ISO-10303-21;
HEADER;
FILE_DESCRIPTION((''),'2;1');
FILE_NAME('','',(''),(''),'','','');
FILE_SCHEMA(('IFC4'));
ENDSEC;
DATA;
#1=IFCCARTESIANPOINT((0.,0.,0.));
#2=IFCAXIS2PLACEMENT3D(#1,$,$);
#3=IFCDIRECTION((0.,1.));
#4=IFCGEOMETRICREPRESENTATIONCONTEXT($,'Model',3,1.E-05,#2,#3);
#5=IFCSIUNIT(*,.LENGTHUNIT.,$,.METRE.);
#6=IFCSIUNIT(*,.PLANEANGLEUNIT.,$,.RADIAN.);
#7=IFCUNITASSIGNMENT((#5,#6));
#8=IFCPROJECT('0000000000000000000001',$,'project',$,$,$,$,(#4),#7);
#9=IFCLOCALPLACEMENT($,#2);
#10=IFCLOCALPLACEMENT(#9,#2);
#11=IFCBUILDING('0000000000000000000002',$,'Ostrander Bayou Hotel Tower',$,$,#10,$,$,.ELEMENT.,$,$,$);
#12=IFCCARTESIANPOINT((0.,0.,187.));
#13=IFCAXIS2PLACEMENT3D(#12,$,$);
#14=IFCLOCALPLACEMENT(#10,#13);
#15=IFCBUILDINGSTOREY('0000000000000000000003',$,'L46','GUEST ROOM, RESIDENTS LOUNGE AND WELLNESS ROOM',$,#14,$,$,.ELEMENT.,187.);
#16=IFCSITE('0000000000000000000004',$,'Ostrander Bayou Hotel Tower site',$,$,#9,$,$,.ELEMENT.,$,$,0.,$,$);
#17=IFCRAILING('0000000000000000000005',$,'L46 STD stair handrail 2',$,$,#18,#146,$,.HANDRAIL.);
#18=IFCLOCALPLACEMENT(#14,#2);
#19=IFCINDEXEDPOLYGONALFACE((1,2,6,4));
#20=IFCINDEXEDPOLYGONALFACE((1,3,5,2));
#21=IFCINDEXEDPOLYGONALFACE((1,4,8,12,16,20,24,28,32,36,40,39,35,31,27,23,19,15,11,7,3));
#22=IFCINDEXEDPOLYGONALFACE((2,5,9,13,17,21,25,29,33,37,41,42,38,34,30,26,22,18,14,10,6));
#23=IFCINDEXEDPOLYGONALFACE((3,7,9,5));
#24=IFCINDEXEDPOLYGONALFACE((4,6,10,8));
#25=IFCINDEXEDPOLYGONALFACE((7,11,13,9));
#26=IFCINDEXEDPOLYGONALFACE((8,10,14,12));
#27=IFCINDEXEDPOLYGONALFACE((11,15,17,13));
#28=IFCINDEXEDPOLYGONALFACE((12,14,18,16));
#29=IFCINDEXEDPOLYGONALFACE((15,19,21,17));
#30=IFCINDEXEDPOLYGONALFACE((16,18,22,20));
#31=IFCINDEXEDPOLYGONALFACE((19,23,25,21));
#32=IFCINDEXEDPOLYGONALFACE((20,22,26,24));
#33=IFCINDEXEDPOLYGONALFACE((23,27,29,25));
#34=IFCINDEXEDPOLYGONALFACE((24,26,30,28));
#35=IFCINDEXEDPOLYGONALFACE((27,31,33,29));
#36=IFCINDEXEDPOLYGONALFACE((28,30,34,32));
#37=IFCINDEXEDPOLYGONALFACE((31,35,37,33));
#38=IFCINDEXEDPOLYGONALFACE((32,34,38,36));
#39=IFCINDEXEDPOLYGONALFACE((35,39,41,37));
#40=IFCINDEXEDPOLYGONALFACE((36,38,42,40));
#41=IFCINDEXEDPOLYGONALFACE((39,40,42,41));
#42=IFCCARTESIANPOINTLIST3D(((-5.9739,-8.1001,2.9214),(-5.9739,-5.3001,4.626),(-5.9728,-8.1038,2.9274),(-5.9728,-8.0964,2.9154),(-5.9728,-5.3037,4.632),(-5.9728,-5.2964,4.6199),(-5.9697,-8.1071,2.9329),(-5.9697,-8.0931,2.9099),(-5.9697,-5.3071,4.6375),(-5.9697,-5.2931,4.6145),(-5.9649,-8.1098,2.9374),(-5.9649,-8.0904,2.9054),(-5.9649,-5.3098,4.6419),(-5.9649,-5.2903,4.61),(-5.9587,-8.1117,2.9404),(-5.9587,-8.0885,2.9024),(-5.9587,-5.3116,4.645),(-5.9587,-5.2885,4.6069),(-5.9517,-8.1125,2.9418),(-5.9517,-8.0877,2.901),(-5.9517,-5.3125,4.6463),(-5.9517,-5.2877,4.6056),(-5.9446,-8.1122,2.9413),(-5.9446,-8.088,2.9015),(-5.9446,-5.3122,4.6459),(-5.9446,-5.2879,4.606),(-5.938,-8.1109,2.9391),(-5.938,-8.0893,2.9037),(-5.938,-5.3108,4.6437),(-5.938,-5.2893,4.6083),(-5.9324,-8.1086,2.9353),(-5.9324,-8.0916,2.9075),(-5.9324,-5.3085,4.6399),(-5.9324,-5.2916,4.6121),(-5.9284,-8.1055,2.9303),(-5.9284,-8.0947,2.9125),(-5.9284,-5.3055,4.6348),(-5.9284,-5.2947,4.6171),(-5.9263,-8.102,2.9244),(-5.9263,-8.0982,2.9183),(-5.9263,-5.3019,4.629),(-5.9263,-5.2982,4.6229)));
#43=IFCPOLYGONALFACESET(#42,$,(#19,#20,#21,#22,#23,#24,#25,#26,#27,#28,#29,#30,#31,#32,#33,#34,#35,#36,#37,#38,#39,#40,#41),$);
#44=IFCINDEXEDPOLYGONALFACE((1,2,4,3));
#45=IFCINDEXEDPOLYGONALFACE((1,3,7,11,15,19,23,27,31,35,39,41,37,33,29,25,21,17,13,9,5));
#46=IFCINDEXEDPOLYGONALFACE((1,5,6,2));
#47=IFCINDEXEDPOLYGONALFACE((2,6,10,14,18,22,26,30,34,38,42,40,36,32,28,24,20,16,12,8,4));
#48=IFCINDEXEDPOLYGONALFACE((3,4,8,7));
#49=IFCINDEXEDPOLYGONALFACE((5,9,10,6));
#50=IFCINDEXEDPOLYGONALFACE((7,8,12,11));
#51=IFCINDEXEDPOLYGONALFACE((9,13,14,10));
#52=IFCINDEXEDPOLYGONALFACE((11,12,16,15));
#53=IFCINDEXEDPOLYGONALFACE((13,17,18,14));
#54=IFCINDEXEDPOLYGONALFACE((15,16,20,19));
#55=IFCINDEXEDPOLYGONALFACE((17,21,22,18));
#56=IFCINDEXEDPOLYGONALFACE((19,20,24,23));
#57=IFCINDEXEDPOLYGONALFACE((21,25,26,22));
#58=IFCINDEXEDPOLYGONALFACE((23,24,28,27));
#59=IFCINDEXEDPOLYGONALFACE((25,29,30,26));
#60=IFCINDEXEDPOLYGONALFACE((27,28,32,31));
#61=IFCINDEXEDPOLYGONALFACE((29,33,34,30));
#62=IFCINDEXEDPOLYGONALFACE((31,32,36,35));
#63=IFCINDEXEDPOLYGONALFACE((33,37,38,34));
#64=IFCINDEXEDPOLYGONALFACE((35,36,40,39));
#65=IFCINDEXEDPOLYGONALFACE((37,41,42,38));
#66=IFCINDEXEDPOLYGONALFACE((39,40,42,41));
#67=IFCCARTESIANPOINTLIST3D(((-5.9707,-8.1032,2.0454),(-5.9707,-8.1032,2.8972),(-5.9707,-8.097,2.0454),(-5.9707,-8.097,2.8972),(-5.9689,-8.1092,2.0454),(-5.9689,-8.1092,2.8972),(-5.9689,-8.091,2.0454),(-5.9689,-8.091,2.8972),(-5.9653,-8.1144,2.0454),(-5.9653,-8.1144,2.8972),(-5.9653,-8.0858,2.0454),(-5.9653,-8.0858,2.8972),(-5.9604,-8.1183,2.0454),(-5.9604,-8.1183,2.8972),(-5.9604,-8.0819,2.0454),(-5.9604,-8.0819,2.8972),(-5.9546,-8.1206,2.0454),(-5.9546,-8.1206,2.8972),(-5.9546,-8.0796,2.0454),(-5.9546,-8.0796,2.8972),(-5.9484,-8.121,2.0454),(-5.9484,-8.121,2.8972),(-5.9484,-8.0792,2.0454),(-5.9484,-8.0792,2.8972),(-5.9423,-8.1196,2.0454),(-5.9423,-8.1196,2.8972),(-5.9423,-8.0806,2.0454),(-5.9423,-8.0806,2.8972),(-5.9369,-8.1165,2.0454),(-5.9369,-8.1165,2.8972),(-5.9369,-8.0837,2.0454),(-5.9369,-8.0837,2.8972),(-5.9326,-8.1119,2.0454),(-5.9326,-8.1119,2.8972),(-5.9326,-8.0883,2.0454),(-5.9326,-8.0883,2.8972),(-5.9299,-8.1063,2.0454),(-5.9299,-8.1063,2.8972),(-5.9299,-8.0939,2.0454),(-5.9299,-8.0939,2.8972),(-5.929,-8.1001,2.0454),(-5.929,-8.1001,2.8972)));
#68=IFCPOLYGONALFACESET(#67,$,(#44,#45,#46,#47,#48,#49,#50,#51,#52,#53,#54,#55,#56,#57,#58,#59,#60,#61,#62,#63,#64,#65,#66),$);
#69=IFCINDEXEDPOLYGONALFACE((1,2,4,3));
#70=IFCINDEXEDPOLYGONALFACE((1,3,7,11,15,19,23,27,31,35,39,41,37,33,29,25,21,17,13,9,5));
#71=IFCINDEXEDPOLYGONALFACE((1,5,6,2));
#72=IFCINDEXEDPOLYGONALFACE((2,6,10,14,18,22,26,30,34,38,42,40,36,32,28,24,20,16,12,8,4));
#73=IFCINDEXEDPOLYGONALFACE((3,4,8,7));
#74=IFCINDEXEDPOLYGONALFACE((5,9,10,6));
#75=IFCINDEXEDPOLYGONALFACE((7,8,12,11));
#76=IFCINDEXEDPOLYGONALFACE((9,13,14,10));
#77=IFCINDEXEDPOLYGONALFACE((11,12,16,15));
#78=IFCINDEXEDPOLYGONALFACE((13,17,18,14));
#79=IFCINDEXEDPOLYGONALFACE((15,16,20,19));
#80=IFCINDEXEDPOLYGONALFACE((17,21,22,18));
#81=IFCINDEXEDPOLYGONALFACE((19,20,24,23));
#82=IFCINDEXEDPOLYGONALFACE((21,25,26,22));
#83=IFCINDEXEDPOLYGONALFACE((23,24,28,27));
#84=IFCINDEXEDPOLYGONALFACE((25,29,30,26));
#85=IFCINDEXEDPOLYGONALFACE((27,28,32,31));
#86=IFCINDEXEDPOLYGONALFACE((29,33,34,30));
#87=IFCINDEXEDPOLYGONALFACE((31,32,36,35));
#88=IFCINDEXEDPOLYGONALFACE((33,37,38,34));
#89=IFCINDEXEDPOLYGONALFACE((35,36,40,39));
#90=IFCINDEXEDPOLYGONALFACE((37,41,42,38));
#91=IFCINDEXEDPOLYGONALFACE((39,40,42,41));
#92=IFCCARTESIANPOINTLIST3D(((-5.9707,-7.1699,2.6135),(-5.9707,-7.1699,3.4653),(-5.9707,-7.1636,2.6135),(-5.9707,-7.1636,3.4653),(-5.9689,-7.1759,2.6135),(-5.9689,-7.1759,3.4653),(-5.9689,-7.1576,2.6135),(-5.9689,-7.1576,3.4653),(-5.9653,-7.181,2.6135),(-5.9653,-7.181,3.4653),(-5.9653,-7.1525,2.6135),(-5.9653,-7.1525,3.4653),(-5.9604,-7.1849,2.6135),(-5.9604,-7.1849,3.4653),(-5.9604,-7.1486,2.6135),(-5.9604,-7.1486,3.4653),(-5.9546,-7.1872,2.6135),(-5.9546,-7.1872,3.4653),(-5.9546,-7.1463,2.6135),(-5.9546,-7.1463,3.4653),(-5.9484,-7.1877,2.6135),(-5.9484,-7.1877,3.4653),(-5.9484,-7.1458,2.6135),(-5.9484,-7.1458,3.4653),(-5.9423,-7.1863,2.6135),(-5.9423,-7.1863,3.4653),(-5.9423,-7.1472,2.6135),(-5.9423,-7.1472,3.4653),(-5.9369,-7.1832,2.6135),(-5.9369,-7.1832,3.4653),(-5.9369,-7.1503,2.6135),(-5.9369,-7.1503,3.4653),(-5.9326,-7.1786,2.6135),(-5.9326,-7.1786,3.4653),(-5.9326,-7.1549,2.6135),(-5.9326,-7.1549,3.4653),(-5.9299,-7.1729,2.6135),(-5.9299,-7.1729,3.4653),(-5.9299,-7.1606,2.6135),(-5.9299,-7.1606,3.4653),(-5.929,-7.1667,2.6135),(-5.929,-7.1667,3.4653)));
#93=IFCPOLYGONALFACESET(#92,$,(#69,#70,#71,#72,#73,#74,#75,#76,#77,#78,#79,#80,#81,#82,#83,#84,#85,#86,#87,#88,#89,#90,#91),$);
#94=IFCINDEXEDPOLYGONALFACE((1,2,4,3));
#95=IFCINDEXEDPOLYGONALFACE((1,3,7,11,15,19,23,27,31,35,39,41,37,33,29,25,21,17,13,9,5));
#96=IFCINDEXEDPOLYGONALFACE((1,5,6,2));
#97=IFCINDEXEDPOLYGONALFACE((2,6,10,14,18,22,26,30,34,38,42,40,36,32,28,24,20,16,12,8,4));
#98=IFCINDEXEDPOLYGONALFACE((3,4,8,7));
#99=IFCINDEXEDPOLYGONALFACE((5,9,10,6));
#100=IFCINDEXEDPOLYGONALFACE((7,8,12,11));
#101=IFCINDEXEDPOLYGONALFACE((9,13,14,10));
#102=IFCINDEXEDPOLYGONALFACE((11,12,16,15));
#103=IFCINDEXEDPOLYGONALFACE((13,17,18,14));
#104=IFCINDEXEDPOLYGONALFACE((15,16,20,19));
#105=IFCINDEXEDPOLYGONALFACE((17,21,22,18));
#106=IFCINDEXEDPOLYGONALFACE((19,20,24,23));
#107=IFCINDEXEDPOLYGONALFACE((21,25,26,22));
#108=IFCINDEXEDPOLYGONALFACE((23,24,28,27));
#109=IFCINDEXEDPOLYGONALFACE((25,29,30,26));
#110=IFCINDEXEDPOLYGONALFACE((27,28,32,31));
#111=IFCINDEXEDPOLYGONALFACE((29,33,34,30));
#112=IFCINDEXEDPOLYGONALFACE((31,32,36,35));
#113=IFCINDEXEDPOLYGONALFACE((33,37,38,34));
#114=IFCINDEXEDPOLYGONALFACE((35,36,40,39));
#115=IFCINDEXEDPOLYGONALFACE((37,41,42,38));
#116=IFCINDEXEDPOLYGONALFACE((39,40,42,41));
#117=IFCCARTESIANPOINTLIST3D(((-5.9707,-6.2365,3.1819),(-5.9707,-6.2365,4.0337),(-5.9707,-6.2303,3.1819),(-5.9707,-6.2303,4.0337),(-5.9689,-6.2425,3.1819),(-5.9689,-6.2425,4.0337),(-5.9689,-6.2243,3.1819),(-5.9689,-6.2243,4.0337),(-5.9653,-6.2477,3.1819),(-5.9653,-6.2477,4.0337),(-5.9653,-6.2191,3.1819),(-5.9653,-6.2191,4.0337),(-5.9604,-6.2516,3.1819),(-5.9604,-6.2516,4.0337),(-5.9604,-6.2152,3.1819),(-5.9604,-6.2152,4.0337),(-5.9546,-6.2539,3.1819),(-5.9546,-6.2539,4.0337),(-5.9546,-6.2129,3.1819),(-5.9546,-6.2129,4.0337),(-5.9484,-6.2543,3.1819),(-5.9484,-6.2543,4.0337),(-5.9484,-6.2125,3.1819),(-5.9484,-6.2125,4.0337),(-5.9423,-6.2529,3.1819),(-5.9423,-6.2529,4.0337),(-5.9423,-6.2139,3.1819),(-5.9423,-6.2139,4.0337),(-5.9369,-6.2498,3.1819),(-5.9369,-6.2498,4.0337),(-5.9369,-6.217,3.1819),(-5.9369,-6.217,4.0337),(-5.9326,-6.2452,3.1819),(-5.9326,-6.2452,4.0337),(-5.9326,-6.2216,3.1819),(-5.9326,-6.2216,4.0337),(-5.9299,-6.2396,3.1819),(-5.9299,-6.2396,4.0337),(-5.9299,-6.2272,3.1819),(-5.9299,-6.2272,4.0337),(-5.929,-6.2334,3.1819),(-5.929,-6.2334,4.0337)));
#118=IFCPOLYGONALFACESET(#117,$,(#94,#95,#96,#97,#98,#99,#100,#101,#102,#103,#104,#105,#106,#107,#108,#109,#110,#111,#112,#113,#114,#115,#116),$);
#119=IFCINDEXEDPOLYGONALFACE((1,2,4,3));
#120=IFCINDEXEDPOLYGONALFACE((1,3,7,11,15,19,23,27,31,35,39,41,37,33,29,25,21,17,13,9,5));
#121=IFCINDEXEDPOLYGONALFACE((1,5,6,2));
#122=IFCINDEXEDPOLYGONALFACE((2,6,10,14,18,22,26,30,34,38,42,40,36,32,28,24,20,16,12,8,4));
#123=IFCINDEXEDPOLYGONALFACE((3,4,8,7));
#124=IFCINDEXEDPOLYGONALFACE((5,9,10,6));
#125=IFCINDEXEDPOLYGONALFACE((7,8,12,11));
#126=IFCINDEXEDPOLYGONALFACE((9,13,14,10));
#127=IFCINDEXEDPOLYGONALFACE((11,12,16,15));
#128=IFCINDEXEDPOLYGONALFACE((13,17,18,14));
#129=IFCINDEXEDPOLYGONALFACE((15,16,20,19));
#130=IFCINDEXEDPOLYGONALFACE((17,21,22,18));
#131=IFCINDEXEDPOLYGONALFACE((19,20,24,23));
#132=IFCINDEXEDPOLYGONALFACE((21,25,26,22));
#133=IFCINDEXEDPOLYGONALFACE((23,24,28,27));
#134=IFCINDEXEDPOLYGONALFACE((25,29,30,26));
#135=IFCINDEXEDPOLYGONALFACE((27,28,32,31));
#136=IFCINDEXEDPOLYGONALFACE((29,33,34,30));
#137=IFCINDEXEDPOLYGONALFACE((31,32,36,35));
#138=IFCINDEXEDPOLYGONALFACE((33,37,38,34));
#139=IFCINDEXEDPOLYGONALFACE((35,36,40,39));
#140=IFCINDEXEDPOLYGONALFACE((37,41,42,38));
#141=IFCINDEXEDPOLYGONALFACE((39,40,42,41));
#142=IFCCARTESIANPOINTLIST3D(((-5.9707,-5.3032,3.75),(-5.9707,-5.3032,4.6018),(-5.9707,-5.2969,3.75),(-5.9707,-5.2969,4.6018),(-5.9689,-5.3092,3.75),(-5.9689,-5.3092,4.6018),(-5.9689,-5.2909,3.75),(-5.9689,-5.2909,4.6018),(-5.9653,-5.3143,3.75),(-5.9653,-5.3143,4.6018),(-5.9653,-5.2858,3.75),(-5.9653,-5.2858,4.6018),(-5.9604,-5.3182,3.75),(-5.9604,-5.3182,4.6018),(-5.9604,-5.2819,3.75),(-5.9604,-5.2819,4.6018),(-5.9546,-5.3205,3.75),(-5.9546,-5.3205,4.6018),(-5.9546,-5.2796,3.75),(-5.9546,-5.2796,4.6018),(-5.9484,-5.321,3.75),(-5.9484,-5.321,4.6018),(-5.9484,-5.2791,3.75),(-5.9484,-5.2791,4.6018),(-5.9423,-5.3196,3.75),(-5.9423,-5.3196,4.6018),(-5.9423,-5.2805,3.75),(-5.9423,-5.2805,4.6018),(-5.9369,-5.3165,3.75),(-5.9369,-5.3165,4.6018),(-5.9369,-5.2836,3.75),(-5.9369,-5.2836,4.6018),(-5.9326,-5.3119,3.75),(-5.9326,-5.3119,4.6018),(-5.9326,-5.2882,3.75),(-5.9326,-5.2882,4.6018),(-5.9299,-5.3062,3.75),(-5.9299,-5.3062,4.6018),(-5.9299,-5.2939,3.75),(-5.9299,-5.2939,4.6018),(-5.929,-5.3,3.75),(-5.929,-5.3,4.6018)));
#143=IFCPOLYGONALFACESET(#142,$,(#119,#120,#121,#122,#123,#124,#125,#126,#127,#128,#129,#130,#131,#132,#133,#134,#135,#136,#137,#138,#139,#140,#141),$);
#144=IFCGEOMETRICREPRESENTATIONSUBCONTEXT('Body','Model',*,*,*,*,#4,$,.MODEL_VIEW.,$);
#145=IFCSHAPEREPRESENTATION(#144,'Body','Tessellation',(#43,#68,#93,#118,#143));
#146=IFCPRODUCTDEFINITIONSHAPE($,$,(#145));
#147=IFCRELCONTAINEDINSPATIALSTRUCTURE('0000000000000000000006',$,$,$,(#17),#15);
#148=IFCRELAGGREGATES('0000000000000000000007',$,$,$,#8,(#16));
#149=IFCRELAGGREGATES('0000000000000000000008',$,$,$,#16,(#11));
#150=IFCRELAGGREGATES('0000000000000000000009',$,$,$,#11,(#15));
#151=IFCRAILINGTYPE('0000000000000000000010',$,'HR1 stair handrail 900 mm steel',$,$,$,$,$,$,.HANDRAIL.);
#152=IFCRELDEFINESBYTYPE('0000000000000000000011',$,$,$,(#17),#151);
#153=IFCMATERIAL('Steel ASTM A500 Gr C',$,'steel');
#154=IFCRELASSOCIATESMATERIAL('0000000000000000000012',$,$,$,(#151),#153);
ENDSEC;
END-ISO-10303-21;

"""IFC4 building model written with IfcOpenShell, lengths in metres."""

from ifc_helpers import new_model, si_unit, direction, frame, origin, origin_2d, place, context, subcontext, project, spatial, circle, extrude, material, type_object, element, save


model = new_model("IFC4")

# Units and contexts
model_context = context("Model", 3, precision=1e-05, world=origin(), true_north=direction((0.0, 1.0)))
body_context = subcontext(model_context, "Body", "Model", "MODEL_VIEW")
ifc_project = project(units=[si_unit("LENGTHUNIT", "METRE"), si_unit("PLANEANGLEUNIT", "RADIAN")], contexts=[model_context])

# Site, building, storey
site_placement = place(None, origin())
site = spatial("IfcSite", under=ifc_project, at=site_placement, Name="Ostrander Bayou Hotel Tower site", CompositionType="ELEMENT", RefElevation=0.0)
building_placement = place(site_placement, origin())
building = spatial("IfcBuilding", under=site, at=building_placement, Name="Ostrander Bayou Hotel Tower", CompositionType="ELEMENT")
storey_placement = place(building_placement, frame((0.0, 0.0, 187.0)))
storey = spatial("IfcBuildingStorey", under=building, at=storey_placement, Name="L46", Description="GUEST ROOM, RESIDENTS LOUNGE AND WELLNESS ROOM", CompositionType="ELEMENT", Elevation=187.0)

# Railing
ifc_material_1 = material(Name="Steel ASTM A500 Gr C", Category="steel")
railing_type_1 = type_object("IfcRailingType", Name="HR1 stair handrail 900 mm steel", PredefinedType="HANDRAIL", material=ifc_material_1)
railing_1_placement = place(storey_placement, frame((-5.95, -8.1001, 2.0454)))
element("IfcRailing", 1, at=railing_1_placement, inside=storey, type_object=railing_type_1, Name="L46 STD stair handrail 2", PredefinedType="HANDRAIL", context=body_context, shape_type="SweptSolid", body=[
    extrude(circle(Radius=0.0239, at=origin_2d()), frame((0.0, 0.0, 0.876), z_axis=(0.0, 0.85417, 0.519994), x_axis=(-1.0, 0.0, 0.0)), (0.0, 0.0, 1.0), 3.2781),
    extrude(circle(Radius=0.021, at=origin_2d()), origin(), (0.0, 0.0, 1.0), 0.8518),
    extrude(circle(Radius=0.021, at=origin_2d()), frame((0.0, 0.9333, 0.5681)), (0.0, 0.0, 1.0), 0.8518),
    extrude(circle(Radius=0.021, at=origin_2d()), frame((0.0, 1.8667, 1.1365)), (0.0, 0.0, 1.0), 0.8518),
    extrude(circle(Radius=0.021, at=origin_2d()), frame((0.0, 2.8, 1.7046)), (0.0, 0.0, 1.0), 0.8518),
])

save(model, "model.ifc")
